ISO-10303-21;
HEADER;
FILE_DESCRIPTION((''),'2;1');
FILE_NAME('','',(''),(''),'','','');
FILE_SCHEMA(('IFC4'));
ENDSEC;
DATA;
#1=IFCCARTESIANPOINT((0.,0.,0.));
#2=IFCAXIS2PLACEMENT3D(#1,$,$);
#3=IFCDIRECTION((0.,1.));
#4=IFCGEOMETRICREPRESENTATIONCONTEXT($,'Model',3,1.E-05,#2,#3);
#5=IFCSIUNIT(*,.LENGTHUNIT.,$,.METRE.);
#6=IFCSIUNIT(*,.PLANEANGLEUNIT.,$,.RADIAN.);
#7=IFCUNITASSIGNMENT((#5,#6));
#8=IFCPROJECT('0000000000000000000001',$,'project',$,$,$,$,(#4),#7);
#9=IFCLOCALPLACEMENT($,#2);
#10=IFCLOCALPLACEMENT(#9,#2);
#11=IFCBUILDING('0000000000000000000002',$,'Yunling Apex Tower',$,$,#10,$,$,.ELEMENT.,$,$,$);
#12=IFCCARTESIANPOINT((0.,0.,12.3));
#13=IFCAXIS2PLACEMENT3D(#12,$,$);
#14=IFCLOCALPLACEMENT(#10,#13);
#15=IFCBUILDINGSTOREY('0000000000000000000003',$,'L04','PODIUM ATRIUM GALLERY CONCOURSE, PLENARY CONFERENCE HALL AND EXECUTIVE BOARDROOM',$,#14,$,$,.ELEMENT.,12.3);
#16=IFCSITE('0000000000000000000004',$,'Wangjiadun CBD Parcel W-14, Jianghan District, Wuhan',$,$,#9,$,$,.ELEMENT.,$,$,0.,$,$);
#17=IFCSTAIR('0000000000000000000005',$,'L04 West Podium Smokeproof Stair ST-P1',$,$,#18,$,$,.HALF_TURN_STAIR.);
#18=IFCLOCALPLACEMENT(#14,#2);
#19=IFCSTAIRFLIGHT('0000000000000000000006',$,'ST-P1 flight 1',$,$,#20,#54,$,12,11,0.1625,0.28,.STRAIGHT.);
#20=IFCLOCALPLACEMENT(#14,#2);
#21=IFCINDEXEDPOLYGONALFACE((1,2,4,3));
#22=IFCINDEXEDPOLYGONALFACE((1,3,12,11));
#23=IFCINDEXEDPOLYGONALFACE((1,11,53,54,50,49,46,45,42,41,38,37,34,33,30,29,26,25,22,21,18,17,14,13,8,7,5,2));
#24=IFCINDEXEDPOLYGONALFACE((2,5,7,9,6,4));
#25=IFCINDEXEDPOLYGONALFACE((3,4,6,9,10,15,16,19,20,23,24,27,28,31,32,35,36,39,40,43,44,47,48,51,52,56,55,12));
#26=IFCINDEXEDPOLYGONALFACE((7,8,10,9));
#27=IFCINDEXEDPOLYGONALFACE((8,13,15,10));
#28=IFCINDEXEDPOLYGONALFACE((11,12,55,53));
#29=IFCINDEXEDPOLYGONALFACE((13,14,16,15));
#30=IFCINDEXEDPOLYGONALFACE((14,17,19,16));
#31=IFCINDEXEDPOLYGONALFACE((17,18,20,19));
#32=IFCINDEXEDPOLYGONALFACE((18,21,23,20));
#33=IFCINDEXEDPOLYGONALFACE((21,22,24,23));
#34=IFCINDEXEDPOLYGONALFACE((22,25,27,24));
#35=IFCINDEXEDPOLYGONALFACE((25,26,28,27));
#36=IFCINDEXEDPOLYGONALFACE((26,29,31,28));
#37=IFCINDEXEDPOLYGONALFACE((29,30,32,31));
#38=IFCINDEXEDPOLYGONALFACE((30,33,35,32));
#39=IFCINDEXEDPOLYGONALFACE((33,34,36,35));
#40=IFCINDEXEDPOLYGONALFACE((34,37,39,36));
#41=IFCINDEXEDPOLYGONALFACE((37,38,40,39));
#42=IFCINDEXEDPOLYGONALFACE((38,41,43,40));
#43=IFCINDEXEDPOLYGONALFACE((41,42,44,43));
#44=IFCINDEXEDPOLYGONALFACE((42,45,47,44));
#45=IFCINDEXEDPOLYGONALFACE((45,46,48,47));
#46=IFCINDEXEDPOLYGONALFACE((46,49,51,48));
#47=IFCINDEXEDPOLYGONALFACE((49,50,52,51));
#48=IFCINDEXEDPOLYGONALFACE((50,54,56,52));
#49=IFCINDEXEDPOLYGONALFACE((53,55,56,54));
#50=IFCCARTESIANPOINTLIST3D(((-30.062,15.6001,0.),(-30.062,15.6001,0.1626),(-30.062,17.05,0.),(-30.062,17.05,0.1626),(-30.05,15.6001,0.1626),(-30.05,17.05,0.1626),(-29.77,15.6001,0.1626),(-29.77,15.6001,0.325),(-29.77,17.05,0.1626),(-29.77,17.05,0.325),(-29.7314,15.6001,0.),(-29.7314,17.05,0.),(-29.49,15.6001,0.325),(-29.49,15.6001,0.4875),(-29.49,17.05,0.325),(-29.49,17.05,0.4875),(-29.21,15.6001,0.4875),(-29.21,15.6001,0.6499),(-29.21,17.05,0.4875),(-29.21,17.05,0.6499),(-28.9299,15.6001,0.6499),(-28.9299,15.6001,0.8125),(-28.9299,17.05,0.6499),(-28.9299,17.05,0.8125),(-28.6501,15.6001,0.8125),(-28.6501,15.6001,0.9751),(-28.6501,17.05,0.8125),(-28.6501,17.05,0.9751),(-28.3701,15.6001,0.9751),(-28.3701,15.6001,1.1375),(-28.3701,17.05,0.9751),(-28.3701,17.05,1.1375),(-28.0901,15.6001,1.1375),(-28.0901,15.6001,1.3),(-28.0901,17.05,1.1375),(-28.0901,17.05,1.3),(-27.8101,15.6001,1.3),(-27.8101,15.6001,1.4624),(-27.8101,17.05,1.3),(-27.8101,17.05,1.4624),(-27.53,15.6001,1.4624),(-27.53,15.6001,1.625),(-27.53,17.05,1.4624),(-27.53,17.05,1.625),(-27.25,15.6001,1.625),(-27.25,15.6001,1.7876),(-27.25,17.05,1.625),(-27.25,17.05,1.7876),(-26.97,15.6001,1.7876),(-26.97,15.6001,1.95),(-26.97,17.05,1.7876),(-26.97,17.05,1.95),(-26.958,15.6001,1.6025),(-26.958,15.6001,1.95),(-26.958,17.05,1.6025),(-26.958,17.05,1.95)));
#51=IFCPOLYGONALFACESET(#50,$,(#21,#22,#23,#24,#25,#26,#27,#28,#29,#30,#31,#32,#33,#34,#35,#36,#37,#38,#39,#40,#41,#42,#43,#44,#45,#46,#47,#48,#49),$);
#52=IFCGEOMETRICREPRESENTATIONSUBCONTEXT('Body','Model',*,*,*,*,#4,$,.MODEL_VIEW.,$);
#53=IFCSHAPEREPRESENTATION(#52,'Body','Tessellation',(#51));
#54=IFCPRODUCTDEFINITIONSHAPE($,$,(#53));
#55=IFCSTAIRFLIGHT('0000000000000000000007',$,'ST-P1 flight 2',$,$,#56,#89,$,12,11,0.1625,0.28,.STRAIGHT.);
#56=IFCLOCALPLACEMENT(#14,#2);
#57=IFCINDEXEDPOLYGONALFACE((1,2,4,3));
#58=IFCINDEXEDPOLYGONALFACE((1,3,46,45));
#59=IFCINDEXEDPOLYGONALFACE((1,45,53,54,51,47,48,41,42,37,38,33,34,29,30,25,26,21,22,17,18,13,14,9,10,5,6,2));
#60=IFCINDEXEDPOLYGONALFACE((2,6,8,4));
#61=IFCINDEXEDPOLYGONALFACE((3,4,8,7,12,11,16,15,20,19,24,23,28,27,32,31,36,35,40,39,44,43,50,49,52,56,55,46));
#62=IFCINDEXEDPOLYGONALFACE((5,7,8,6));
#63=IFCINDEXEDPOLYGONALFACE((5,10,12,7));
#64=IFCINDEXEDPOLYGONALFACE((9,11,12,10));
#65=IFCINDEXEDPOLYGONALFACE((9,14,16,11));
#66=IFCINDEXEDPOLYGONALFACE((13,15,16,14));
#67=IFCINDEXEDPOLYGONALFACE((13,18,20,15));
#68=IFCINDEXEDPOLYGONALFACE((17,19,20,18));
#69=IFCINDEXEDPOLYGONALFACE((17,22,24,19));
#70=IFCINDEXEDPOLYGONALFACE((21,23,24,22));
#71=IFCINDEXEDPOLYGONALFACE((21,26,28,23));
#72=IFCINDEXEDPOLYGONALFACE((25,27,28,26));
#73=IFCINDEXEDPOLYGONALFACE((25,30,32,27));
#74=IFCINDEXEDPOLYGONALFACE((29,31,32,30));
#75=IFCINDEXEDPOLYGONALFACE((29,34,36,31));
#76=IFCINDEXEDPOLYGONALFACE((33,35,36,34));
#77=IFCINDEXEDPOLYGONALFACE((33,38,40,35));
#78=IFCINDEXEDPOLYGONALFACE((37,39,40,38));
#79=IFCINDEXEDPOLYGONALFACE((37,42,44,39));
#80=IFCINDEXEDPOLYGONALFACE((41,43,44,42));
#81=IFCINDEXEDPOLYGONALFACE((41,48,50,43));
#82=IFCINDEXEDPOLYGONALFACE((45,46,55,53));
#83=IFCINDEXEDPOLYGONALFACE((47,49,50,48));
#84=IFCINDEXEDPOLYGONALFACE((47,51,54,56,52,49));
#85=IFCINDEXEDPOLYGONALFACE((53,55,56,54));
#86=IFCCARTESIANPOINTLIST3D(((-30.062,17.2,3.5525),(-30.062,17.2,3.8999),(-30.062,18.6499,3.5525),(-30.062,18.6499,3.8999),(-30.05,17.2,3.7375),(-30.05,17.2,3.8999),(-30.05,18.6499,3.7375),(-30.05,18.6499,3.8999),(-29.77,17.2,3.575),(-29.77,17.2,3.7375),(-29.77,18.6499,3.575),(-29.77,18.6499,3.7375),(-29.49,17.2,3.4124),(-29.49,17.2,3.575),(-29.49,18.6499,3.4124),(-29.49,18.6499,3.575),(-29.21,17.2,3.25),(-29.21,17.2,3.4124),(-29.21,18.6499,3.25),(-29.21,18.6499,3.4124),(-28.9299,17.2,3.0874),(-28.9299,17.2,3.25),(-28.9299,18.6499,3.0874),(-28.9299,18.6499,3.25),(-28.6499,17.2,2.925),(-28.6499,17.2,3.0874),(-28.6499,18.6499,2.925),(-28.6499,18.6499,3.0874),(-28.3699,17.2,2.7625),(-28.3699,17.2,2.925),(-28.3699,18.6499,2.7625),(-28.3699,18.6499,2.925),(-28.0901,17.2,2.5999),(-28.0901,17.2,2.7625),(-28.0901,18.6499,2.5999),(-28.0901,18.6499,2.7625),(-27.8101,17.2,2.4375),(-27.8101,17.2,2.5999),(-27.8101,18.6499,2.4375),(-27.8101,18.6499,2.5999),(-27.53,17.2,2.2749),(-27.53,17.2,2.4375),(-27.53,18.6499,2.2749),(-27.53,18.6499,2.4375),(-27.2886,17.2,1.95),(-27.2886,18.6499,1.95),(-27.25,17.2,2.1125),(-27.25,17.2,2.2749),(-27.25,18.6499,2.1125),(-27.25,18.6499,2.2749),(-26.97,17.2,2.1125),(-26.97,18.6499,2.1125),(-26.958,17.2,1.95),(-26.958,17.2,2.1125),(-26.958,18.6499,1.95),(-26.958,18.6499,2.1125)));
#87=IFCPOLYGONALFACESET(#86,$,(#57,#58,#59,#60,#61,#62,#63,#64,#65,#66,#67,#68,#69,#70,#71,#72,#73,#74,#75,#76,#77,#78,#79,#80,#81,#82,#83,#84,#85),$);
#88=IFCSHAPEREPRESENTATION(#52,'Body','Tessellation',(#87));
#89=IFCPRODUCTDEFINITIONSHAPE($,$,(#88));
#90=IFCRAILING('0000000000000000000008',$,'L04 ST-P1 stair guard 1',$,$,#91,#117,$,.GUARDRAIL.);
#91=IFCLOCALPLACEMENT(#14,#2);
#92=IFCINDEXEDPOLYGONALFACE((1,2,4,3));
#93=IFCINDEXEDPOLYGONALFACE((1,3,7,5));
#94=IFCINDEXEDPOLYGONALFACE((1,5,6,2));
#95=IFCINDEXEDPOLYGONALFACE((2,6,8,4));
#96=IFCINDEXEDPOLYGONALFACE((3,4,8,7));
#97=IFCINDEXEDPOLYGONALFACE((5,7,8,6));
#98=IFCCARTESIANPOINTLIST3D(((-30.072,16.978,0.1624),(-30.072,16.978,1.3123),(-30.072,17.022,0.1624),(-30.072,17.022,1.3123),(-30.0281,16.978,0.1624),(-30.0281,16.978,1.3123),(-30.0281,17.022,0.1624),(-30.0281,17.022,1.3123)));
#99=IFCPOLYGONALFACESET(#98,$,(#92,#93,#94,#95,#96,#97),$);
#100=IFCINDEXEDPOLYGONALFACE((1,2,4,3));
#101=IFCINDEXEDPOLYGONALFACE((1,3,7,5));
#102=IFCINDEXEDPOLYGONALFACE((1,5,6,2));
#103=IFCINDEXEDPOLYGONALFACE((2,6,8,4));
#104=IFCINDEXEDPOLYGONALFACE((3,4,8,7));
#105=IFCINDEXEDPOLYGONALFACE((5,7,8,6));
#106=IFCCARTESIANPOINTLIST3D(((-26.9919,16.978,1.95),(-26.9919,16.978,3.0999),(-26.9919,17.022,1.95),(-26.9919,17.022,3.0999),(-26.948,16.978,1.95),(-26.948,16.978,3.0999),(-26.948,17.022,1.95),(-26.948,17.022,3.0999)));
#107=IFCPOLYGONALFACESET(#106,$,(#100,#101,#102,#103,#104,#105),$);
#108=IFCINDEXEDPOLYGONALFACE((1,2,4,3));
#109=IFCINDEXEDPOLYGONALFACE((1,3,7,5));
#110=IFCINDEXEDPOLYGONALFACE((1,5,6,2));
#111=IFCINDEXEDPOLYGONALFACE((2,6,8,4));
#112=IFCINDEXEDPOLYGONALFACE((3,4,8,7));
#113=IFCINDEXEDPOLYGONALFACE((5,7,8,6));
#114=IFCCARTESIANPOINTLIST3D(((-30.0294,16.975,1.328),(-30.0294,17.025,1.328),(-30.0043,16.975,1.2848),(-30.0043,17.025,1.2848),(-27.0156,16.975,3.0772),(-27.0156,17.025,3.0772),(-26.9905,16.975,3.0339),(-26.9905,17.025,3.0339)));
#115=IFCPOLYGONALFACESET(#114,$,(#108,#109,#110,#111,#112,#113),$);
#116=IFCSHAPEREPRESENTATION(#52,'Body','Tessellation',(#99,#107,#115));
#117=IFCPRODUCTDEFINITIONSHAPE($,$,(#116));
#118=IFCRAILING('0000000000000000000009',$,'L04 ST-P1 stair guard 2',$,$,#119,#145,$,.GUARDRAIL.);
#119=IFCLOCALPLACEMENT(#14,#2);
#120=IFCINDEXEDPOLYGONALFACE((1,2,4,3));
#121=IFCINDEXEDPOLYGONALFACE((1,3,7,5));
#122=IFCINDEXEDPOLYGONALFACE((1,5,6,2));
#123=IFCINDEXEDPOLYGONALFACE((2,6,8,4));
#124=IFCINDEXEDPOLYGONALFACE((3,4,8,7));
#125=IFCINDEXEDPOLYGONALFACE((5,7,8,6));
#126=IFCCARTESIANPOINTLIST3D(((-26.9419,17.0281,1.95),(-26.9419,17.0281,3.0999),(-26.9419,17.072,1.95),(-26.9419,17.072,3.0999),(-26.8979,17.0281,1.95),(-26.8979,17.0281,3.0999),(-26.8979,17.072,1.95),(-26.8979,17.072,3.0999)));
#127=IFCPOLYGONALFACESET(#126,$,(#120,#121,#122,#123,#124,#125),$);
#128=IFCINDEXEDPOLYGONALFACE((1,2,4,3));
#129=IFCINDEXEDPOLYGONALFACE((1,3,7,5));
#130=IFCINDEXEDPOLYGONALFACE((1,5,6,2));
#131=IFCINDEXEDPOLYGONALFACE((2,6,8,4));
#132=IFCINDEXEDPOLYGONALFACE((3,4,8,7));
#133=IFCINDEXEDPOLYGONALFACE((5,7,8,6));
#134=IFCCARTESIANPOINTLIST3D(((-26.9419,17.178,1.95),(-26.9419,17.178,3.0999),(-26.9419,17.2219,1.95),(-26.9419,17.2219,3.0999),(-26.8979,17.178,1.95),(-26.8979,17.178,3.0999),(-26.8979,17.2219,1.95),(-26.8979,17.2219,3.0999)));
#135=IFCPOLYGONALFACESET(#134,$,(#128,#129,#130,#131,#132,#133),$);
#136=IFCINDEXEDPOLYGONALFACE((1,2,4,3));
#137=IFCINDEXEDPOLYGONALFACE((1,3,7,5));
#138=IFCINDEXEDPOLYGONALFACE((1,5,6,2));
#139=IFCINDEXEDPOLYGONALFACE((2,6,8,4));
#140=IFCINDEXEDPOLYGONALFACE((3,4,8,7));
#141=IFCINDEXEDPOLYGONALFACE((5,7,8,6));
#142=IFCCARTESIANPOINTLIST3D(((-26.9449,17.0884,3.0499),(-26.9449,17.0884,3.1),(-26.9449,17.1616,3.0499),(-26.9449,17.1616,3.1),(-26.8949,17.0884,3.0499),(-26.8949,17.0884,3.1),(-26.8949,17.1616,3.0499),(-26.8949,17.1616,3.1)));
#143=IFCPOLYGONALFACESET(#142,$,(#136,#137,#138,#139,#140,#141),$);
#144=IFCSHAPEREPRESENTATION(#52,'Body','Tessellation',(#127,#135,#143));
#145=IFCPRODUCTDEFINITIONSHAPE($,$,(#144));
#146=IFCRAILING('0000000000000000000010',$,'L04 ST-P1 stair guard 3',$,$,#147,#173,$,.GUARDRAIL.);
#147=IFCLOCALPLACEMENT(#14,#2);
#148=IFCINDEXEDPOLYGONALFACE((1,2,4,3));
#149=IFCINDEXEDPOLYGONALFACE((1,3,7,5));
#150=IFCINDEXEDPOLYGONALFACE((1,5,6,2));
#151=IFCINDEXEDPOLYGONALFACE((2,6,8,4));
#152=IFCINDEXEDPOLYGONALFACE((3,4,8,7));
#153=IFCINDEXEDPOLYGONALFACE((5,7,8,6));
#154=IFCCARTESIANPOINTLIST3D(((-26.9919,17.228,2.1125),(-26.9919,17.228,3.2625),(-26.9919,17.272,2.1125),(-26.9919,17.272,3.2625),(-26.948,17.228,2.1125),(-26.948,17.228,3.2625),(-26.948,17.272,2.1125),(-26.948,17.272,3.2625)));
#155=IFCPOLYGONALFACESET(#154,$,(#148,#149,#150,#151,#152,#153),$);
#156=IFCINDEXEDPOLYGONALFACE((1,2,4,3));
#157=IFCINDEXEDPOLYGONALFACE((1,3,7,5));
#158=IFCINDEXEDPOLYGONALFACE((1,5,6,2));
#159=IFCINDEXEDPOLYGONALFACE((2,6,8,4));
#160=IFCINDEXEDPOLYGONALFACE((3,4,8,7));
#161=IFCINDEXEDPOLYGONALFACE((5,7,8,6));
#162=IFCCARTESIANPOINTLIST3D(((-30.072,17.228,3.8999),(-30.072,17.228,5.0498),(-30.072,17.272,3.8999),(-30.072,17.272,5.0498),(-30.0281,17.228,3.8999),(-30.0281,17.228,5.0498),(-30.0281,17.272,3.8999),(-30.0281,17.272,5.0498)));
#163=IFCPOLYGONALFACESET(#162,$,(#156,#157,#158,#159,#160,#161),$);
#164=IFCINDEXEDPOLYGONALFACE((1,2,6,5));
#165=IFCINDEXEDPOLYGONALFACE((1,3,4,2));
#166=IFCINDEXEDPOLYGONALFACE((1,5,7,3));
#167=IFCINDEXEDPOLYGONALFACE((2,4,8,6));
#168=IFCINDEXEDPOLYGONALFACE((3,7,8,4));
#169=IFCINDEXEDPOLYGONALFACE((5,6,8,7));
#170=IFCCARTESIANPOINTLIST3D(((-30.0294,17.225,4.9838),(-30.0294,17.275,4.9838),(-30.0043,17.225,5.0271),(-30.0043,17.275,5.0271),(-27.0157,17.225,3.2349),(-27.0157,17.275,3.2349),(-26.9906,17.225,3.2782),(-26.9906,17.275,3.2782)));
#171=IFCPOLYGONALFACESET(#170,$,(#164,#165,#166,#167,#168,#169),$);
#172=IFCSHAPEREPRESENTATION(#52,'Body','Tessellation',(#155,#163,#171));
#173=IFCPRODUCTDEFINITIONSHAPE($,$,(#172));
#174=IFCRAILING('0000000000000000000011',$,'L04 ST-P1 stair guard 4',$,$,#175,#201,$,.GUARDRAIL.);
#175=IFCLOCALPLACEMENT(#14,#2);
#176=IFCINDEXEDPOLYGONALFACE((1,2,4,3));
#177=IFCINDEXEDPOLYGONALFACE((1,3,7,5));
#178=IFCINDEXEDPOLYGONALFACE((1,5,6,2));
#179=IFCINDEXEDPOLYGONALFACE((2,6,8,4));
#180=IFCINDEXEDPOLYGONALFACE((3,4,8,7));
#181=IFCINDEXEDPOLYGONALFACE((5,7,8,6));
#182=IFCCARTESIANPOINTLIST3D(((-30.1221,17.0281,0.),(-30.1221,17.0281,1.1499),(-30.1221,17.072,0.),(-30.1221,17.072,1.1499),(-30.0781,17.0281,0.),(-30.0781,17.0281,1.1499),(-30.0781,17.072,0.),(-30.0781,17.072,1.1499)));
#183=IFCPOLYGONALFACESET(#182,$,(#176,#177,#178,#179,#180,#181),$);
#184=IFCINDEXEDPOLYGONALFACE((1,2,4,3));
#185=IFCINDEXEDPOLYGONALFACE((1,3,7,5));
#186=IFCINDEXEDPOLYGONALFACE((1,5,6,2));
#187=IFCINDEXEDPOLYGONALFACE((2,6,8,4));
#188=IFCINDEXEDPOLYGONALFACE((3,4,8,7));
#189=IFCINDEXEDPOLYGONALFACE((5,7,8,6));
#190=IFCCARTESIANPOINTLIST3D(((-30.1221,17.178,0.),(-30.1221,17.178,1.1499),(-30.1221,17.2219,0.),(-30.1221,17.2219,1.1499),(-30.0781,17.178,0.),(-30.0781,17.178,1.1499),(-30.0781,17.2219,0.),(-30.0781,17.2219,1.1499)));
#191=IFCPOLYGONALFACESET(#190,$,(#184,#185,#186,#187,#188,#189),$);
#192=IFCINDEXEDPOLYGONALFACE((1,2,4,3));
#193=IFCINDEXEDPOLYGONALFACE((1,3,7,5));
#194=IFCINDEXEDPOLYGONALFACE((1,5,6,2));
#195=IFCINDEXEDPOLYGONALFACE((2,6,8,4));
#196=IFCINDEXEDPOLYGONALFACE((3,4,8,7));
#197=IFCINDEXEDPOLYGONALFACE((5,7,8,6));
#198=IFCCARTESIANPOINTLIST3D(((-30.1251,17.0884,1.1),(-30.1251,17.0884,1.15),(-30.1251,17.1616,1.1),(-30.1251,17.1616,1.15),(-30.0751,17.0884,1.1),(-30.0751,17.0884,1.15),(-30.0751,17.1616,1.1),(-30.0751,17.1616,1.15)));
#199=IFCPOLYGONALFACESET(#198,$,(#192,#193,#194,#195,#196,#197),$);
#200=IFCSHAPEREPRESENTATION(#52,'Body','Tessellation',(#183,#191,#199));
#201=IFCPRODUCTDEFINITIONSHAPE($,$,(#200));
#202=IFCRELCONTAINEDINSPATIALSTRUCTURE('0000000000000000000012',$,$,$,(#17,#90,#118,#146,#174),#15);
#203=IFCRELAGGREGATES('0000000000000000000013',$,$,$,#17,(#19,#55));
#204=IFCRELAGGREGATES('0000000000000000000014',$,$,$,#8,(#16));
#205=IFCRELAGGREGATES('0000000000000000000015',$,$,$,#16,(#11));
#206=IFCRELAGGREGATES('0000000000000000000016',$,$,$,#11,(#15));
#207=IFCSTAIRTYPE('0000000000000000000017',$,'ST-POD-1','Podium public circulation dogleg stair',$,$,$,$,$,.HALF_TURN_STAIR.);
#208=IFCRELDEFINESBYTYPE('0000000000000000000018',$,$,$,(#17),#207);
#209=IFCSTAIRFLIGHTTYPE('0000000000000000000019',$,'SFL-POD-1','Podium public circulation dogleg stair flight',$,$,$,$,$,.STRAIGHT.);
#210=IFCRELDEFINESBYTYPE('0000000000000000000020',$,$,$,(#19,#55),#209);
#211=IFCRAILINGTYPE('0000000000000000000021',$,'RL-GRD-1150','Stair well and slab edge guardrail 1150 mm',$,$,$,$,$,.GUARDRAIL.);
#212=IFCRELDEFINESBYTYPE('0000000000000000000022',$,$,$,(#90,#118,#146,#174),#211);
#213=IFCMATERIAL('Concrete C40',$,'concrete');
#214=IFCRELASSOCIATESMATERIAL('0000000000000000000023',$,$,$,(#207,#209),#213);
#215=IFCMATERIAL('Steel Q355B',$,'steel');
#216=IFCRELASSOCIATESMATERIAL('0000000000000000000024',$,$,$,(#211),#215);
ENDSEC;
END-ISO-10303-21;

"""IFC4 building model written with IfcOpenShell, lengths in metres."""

from ifc_helpers import new_model, si_unit, direction, frame, origin, origin_2d, place, context, subcontext, project, spatial, polyline, rectangle, outline, extrude, material, type_object, element, aggregate, save


model = new_model("IFC4")

# Units and contexts
model_context = context("Model", 3, precision=1e-05, world=origin(), true_north=direction((0.0, 1.0)))
body_context = subcontext(model_context, "Body", "Model", "MODEL_VIEW")
ifc_project = project(units=[si_unit("LENGTHUNIT", "METRE"), si_unit("PLANEANGLEUNIT", "RADIAN")], contexts=[model_context])

# Site, building, storey
site_placement = place(None, origin())
site = spatial("IfcSite", under=ifc_project, at=site_placement, Name="Wangjiadun CBD Parcel W-14, Jianghan District, Wuhan", CompositionType="ELEMENT", RefElevation=0.0)
building_placement = place(site_placement, origin())
building = spatial("IfcBuilding", under=site, at=building_placement, Name="Yunling Apex Tower", CompositionType="ELEMENT")
storey_placement = place(building_placement, frame((0.0, 0.0, 12.3)))
storey = spatial("IfcBuildingStorey", under=building, at=storey_placement, Name="L04", Description="PODIUM ATRIUM GALLERY CONCOURSE, PLENARY CONFERENCE HALL AND EXECUTIVE BOARDROOM", CompositionType="ELEMENT", Elevation=12.3)

# Shared definitions
ifc_material_1 = material(Name="Steel Q355B", Category="steel")

# Shared definitions
ifc_material_2 = material(Name="Concrete C40", Category="concrete")

# Stair, stair flights
stair_type = type_object("IfcStairType", Name="ST-POD-1", Description="Podium public circulation dogleg stair", PredefinedType="HALF_TURN_STAIR", material=ifc_material_2)
stair_placement = place(storey_placement, origin())
stair = element("IfcStair", 1, at=stair_placement, inside=storey, type_object=stair_type, Name="L04 West Podium Smokeproof Stair ST-P1", PredefinedType="HALF_TURN_STAIR")
stair_flight_type = type_object("IfcStairFlightType", Name="SFL-POD-1", Description="Podium public circulation dogleg stair flight", PredefinedType="STRAIGHT", material=ifc_material_2)
stair_flight_1_placement = place(storey_placement, frame((-30.05, 16.325, 0.0), z_axis=(0.0, 0.0, 1.0), x_axis=(1.0, 0.0, 0.0)))
stair_flight_1 = element("IfcStairFlight", 2, at=stair_flight_1_placement, type_object=stair_flight_type, Name="ST-P1 flight 1", NumberOfRisers=12, NumberOfTreads=11, PredefinedType="STRAIGHT", RiserHeight=0.1625, TreadLength=0.28, context=body_context, shape_type="SweptSolid", body=[
    extrude(outline(polyline([(-0.012, 0.0), (-0.012, 0.1626), (0.0, 0.1626), (0.28, 0.1626), (0.28, 0.325), (0.5601, 0.325), (0.5601, 0.4875), (0.8401, 0.4875), (0.8401, 0.6499), (1.1201, 0.6499), (1.1201, 0.8125), (1.3999, 0.8125), (1.3999, 0.9751), (1.6799, 0.9751), (1.6799, 1.1375), (1.96, 1.1375), (1.96, 1.3), (2.24, 1.3), (2.24, 1.4624), (2.52, 1.4624), (2.52, 1.625), (2.8, 1.625), (2.8, 1.7876), (3.0801, 1.7876), (3.0801, 1.95), (3.092, 1.95), (3.092, 1.6025), (0.3186, 0.0), (-0.012, 0.0)])), frame((0.0, 0.7251, 0.0), z_axis=(0.0, -1.0, 0.0), x_axis=(1.0, 0.0, 0.0)), (0.0, 0.0, 1.0), 1.45),
])
stair_flight_2_placement = place(storey_placement, frame((-26.97, 17.925, 1.95), z_axis=(0.0, 0.0, 1.0), x_axis=(-1.0, 0.0, 0.0)))
stair_flight_2 = element("IfcStairFlight", 3, at=stair_flight_2_placement, type_object=stair_flight_type, Name="ST-P1 flight 2", NumberOfRisers=12, NumberOfTreads=11, PredefinedType="STRAIGHT", RiserHeight=0.1625, TreadLength=0.28, context=body_context, shape_type="SweptSolid", body=[
    extrude(outline(polyline([(-0.012, 0.0), (-0.012, 0.1626), (0.0, 0.1626), (0.28, 0.1626), (0.28, 0.325), (0.5601, 0.325), (0.5601, 0.4875), (0.8401, 0.4875), (0.8401, 0.6499), (1.1201, 0.6499), (1.1201, 0.8125), (1.3999, 0.8125), (1.3999, 0.9751), (1.6799, 0.9751), (1.6799, 1.1375), (1.96, 1.1375), (1.96, 1.3), (2.24, 1.3), (2.24, 1.4624), (2.52, 1.4624), (2.52, 1.625), (2.8, 1.625), (2.8, 1.7876), (3.0801, 1.7876), (3.0801, 1.95), (3.092, 1.95), (3.092, 1.6025), (0.3186, 0.0), (-0.012, 0.0)])), frame((0.0, 0.7251, 0.0), z_axis=(0.0, -1.0, 0.0), x_axis=(1.0, 0.0, 0.0)), (0.0, 0.0, 1.0), 1.45),
])
aggregate(stair, [stair_flight_1, stair_flight_2])

# Railings
railing_type_1 = type_object("IfcRailingType", Name="RL-GRD-1150", Description="Stair well and slab edge guardrail 1150 mm", PredefinedType="GUARDRAIL", material=ifc_material_1)
railing_1_placement = place(storey_placement, frame((-30.05, 17.0, 0.1624)))
element("IfcRailing", 4, at=railing_1_placement, inside=storey, type_object=railing_type_1, Name="L04 ST-P1 stair guard 1", PredefinedType="GUARDRAIL", context=body_context, shape_type="SweptSolid", body=[
    extrude(rectangle(XDim=0.0439, YDim=0.0439, at=origin_2d()), origin(), (0.0, 0.0, 1.0), 1.1499),
    extrude(rectangle(XDim=0.0439, YDim=0.0439, at=origin_2d()), frame((3.0801, 0.0, 1.7876)), (0.0, 0.0, 1.0), 1.1499),
    extrude(rectangle(XDim=0.05, YDim=0.05, at=origin_2d()), frame((0.0332, 0.0, 1.144), z_axis=(0.864891, 0.0, 0.50196), x_axis=(0.0, 1.0, 0.0)), (0.0, 0.0, 1.0), 3.4846),
])
railing_2_placement = place(storey_placement, frame((-26.9199, 17.05, 1.95)))
element("IfcRailing", 5, at=railing_2_placement, inside=storey, type_object=railing_type_1, Name="L04 ST-P1 stair guard 2", PredefinedType="GUARDRAIL", context=body_context, shape_type="SweptSolid", body=[
    extrude(rectangle(XDim=0.0439, YDim=0.0439, at=origin_2d()), origin(), (0.0, 0.0, 1.0), 1.1499),
    extrude(rectangle(XDim=0.0439, YDim=0.0439, at=origin_2d()), frame((0.0, 0.1499, 0.0)), (0.0, 0.0, 1.0), 1.1499),
    extrude(rectangle(XDim=0.05, YDim=0.05, at=origin_2d()), frame((0.0, 0.0383, 1.125), z_axis=(0.0, 1.0, 0.0), x_axis=(-1.0, 0.0, 0.0)), (0.0, 0.0, 1.0), 0.0732),
])
railing_3_placement = place(storey_placement, frame((-26.97, 17.25, 2.1125)))
element("IfcRailing", 6, at=railing_3_placement, inside=storey, type_object=railing_type_1, Name="L04 ST-P1 stair guard 3", PredefinedType="GUARDRAIL", context=body_context, shape_type="SweptSolid", body=[
    extrude(rectangle(XDim=0.0439, YDim=0.0439, at=origin_2d()), origin(), (0.0, 0.0, 1.0), 1.1499),
    extrude(rectangle(XDim=0.0439, YDim=0.0439, at=origin_2d()), frame((-3.0801, 0.0, 1.7874)), (0.0, 0.0, 1.0), 1.1499),
    extrude(rectangle(XDim=0.05, YDim=0.05, at=origin_2d()), frame((-0.0332, 0.0, 1.144), z_axis=(-0.86492, 0.0, 0.501909), x_axis=(0.0, -1.0, 0.0)), (0.0, 0.0, 1.0), 3.4844),
])
railing_4_placement = place(storey_placement, frame((-30.1001, 17.05, 0.0)))
element("IfcRailing", 7, at=railing_4_placement, inside=storey, type_object=railing_type_1, Name="L04 ST-P1 stair guard 4", PredefinedType="GUARDRAIL", context=body_context, shape_type="SweptSolid", body=[
    extrude(rectangle(XDim=0.0439, YDim=0.0439, at=origin_2d()), origin(), (0.0, 0.0, 1.0), 1.1499),
    extrude(rectangle(XDim=0.0439, YDim=0.0439, at=origin_2d()), frame((0.0, 0.1499, 0.0)), (0.0, 0.0, 1.0), 1.1499),
    extrude(rectangle(XDim=0.05, YDim=0.05, at=origin_2d()), frame((0.0, 0.0383, 1.125), z_axis=(0.0, 1.0, 0.0), x_axis=(-1.0, 0.0, 0.0)), (0.0, 0.0, 1.0), 0.0732),
])

save(model, "model.ifc")
